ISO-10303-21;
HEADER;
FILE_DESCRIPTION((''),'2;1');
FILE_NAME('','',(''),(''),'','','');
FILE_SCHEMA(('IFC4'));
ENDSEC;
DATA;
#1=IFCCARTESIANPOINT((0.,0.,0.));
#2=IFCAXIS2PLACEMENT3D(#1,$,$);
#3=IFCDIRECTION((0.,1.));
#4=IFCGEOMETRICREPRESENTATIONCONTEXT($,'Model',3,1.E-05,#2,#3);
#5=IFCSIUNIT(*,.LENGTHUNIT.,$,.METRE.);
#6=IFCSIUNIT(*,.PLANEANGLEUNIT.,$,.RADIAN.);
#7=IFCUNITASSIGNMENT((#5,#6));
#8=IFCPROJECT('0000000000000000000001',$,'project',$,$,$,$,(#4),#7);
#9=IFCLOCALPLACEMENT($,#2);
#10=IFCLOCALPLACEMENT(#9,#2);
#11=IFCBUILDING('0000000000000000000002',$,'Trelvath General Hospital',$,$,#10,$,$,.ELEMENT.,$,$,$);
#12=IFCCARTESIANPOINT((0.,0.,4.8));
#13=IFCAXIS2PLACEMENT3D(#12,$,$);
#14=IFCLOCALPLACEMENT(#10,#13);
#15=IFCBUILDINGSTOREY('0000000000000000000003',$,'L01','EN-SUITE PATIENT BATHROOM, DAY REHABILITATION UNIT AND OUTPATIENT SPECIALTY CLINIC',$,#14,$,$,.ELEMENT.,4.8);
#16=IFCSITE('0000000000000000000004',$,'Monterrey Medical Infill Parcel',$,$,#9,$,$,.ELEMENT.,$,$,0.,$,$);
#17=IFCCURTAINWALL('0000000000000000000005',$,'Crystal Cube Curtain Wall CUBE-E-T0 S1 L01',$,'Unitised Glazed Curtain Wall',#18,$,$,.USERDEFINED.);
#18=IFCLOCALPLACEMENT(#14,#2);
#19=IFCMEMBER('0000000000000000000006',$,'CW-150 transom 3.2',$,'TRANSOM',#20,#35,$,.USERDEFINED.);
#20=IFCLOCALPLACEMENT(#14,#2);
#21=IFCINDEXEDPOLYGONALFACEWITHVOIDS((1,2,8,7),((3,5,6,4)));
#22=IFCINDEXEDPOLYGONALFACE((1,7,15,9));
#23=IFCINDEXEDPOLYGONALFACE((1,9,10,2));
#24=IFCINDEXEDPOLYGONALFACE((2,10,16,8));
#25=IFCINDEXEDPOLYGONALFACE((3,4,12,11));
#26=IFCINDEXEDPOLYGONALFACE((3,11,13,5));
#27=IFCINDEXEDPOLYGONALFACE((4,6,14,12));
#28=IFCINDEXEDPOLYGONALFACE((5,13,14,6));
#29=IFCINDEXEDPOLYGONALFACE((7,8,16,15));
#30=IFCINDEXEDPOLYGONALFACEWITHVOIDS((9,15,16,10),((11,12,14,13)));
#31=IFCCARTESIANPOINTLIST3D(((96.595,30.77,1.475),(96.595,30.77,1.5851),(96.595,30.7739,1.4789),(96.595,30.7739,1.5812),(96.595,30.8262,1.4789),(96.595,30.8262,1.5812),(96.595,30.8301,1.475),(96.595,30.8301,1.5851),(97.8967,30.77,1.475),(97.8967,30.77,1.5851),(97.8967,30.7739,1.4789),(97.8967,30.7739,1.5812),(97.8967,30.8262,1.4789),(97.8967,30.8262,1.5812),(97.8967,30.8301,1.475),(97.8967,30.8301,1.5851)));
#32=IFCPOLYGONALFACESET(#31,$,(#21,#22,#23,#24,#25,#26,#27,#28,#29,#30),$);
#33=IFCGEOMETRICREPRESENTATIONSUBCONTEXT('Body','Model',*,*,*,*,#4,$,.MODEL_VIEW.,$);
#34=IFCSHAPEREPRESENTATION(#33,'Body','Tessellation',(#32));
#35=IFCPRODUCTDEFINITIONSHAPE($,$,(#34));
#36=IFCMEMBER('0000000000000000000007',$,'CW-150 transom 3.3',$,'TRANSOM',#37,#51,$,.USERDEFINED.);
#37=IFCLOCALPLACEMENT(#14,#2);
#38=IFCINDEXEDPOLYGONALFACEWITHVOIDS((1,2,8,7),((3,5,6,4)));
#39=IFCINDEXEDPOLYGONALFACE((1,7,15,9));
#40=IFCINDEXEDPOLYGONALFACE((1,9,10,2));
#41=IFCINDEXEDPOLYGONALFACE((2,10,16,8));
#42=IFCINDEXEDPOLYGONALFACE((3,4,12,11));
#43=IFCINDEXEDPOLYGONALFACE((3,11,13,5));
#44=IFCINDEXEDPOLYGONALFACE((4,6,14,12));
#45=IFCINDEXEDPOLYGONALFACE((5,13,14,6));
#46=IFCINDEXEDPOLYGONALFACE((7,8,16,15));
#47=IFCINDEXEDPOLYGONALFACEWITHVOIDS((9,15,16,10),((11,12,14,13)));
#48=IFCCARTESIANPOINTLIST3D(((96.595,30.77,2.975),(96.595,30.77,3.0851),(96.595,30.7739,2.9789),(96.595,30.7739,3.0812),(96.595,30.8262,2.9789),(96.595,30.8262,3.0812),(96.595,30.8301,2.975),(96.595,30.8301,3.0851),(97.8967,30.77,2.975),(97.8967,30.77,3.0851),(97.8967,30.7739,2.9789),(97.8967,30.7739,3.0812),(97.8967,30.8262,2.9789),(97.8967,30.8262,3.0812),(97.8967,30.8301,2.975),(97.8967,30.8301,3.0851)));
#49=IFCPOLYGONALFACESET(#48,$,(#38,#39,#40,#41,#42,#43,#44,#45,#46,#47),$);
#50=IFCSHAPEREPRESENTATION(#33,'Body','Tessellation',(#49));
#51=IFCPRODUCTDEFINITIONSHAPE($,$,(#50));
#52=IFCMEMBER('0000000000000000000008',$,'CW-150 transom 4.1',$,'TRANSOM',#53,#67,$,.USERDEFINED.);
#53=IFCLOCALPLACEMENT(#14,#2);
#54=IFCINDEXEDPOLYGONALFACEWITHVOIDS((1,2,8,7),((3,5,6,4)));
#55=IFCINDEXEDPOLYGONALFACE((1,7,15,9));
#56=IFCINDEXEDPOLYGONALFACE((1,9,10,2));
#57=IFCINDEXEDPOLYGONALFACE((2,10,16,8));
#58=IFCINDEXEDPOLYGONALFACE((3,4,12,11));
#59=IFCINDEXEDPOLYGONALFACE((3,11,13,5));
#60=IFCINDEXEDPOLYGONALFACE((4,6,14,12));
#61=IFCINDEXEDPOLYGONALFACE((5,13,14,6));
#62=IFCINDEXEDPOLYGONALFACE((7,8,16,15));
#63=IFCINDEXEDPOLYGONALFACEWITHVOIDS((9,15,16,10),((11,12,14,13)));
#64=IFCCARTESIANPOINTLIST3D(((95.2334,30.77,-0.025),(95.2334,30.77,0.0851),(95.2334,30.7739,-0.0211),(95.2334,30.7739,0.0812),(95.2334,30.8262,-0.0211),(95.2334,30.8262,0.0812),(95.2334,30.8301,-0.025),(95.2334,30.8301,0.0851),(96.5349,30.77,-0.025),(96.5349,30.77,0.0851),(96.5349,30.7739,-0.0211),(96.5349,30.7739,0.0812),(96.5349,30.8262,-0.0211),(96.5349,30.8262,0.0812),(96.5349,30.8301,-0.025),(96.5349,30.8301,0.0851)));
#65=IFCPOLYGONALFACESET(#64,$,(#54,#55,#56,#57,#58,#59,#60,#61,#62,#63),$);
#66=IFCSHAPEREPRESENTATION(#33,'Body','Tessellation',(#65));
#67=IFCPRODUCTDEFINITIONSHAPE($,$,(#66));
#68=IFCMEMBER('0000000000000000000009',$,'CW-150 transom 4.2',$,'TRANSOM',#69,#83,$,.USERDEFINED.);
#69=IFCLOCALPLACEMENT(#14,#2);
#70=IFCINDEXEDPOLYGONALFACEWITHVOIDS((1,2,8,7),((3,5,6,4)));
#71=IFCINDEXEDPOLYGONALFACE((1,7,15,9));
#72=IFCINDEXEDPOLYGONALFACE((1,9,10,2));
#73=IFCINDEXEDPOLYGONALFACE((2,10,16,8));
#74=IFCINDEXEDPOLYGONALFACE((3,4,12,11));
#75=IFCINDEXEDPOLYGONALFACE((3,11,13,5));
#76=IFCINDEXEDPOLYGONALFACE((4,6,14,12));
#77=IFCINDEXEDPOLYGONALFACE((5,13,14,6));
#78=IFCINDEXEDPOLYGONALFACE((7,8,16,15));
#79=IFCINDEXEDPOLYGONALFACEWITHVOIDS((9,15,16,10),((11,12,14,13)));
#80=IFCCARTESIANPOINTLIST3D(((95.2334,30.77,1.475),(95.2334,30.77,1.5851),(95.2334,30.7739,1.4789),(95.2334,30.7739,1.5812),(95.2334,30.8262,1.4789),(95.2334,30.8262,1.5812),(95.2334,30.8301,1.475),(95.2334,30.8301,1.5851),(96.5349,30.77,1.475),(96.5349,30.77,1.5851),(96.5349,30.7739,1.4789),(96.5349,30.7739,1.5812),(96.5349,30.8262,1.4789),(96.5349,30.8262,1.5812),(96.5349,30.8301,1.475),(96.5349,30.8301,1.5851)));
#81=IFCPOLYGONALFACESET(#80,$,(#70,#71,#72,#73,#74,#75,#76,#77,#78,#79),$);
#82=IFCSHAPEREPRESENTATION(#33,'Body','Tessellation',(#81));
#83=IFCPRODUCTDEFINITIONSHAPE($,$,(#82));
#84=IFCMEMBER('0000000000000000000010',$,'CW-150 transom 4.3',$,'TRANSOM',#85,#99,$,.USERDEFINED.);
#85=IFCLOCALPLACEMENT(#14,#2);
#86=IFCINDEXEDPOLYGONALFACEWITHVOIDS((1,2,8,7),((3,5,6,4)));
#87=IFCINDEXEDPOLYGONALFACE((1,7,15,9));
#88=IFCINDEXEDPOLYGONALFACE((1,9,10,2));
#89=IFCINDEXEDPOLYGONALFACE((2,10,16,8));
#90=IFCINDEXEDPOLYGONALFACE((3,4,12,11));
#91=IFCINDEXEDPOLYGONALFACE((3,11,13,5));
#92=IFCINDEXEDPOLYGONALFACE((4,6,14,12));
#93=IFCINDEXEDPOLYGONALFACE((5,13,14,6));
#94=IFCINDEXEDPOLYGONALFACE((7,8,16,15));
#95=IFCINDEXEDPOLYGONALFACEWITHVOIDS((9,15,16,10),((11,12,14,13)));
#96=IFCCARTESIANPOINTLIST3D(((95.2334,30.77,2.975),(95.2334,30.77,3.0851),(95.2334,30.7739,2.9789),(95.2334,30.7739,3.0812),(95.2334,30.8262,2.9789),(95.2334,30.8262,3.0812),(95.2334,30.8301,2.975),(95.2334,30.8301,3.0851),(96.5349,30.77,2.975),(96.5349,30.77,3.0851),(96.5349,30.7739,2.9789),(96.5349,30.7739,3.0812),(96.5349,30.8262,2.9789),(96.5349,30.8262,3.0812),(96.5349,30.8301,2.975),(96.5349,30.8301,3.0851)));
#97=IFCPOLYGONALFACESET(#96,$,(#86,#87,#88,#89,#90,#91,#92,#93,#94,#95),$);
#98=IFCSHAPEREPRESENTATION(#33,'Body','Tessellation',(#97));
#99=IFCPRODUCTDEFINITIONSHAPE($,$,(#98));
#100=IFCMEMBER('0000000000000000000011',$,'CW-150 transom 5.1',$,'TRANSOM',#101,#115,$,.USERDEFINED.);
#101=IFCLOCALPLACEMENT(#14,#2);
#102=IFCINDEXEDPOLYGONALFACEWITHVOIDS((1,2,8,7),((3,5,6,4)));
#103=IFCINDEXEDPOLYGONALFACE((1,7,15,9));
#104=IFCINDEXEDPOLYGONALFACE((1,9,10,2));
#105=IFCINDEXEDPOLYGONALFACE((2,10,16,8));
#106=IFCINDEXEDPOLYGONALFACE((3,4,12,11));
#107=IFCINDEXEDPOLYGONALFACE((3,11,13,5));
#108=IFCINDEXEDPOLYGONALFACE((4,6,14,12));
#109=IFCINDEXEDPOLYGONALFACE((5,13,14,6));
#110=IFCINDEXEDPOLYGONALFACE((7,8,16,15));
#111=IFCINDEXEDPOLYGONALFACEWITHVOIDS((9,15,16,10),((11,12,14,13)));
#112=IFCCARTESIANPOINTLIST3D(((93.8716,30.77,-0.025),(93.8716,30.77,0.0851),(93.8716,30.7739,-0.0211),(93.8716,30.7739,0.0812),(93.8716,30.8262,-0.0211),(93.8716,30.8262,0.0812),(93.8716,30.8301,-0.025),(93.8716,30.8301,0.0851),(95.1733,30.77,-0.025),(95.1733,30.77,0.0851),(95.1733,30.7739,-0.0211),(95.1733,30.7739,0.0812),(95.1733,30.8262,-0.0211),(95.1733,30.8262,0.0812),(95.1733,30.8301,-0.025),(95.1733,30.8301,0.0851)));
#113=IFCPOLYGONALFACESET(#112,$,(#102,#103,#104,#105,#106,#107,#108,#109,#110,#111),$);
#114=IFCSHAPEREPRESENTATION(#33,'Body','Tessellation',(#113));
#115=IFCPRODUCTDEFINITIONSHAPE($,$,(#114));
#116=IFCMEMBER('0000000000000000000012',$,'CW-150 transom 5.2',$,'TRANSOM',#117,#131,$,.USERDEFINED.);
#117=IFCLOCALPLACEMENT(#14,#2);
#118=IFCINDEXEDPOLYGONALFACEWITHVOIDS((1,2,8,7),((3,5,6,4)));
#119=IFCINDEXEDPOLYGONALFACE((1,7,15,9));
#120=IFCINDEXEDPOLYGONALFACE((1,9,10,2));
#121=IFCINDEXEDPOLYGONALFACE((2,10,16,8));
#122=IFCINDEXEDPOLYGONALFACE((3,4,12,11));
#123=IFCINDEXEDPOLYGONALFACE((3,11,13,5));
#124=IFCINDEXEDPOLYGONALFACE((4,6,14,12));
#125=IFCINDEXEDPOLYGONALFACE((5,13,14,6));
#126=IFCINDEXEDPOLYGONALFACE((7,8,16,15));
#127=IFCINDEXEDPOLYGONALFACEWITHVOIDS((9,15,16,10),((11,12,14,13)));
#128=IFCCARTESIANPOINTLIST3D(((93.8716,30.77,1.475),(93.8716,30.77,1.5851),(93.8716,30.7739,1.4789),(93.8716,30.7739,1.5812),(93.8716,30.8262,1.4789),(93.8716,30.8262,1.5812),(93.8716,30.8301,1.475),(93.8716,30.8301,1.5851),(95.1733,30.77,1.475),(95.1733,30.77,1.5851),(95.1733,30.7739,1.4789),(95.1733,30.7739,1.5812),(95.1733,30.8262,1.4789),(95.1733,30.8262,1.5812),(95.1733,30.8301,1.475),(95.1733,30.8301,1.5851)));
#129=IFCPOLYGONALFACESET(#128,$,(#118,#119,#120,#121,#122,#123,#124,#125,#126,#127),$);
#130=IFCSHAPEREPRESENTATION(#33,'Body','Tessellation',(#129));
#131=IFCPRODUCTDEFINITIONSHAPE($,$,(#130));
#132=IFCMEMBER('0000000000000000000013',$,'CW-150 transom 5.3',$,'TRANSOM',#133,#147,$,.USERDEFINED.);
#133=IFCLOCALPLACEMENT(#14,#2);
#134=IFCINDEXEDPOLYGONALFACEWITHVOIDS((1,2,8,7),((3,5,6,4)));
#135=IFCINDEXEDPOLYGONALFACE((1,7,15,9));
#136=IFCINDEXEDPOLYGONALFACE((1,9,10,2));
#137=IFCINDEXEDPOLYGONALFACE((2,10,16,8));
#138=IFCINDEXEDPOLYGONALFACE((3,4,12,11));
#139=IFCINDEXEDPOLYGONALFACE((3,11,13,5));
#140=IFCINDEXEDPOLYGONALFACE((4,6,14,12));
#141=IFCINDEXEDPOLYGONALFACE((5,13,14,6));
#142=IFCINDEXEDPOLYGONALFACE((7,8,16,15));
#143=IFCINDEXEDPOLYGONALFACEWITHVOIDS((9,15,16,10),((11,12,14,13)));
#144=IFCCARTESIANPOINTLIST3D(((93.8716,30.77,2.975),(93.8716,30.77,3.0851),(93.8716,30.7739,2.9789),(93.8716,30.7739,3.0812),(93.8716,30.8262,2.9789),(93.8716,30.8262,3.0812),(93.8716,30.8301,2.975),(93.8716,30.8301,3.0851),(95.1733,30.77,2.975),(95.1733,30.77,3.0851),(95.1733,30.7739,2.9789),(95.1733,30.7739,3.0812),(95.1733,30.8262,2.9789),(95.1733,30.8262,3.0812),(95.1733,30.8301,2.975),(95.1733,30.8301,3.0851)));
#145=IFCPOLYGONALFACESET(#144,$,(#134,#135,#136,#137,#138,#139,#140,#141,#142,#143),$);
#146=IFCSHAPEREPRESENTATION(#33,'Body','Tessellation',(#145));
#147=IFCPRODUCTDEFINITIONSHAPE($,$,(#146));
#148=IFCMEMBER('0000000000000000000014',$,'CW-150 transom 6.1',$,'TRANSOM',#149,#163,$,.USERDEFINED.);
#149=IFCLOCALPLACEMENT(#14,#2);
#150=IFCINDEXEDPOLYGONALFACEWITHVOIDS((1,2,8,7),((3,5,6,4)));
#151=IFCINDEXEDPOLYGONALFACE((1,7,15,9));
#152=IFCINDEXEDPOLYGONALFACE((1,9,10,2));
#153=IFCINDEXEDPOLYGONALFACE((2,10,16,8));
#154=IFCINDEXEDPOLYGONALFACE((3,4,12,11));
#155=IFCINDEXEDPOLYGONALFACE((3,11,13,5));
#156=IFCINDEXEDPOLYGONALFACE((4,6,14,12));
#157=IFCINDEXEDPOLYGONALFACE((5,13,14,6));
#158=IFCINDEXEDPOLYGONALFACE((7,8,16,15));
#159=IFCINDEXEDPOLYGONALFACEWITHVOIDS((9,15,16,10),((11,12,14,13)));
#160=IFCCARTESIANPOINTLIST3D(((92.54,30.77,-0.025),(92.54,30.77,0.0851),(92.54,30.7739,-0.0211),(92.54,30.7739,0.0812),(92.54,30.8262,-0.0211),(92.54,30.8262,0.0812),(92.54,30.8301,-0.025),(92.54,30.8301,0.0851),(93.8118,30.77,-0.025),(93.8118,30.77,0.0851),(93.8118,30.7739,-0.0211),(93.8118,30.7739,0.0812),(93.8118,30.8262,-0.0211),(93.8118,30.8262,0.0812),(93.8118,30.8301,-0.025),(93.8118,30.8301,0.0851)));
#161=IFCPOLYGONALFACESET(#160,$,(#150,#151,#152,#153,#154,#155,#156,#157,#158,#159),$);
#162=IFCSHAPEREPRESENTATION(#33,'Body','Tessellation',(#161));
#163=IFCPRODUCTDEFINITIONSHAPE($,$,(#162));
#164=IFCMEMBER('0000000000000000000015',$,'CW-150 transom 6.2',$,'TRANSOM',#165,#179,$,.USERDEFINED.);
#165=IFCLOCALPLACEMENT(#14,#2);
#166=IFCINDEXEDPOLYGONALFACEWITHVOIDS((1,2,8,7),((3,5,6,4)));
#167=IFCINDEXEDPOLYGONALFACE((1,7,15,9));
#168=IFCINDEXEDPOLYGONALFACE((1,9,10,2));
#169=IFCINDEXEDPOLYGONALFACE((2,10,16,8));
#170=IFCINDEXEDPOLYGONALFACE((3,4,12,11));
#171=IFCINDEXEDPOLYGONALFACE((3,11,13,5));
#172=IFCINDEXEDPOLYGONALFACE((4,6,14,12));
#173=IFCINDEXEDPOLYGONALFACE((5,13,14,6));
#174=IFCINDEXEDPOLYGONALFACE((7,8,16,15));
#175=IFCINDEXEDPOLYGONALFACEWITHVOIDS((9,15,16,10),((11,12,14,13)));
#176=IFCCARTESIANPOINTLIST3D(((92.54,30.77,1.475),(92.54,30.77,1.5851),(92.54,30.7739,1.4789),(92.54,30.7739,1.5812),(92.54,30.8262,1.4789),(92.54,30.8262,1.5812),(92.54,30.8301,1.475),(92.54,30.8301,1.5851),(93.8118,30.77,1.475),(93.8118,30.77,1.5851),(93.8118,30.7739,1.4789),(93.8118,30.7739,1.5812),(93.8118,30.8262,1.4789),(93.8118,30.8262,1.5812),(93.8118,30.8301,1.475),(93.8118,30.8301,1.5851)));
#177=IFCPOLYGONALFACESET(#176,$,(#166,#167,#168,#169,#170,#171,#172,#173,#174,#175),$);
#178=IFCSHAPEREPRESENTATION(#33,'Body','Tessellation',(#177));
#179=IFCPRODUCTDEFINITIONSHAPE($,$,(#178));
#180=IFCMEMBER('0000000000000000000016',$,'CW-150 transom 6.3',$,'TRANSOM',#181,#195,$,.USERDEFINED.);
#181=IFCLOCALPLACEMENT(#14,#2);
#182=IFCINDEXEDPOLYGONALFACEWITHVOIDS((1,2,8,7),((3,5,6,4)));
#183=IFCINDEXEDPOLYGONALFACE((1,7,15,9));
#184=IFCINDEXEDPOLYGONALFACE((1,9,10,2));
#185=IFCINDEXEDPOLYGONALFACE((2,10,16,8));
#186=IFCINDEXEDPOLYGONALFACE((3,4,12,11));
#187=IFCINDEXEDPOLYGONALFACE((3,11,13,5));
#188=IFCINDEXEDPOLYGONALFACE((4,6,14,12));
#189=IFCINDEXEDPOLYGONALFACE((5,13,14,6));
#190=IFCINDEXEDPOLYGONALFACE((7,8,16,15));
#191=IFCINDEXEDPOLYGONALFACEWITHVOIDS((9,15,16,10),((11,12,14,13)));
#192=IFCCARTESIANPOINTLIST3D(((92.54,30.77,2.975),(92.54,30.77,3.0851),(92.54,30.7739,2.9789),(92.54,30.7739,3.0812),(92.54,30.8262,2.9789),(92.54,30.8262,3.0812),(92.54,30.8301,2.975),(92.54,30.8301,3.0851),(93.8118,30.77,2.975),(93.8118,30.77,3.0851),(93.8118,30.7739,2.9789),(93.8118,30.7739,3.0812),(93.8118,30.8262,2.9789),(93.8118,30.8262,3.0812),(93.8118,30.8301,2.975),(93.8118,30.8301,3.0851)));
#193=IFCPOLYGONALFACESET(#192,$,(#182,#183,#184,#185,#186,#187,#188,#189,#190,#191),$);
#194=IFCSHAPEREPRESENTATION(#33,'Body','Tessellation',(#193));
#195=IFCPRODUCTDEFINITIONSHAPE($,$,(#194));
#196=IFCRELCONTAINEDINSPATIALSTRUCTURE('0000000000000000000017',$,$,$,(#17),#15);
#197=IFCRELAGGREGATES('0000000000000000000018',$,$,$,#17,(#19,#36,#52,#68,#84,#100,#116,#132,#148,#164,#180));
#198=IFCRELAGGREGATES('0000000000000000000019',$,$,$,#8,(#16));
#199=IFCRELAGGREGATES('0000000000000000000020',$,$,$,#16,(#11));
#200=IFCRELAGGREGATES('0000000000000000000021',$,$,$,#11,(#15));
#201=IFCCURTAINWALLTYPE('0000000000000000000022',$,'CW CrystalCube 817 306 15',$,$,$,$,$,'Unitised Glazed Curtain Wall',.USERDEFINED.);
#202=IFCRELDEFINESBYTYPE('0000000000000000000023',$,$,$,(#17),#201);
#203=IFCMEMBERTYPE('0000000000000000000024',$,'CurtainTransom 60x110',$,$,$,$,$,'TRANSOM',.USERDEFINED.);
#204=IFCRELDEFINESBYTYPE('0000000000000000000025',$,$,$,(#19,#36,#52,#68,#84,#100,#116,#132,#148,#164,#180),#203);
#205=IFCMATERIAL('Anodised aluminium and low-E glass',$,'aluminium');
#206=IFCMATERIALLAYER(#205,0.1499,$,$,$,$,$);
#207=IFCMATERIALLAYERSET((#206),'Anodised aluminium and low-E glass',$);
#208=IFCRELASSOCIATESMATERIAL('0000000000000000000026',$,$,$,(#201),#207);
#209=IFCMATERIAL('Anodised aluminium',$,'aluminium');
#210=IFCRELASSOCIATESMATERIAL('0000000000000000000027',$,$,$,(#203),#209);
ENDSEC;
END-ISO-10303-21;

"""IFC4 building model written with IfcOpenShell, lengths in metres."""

from ifc_helpers import new_model, si_unit, direction, frame, origin, origin_2d, place, context, subcontext, project, spatial, hollow_rectangle, extrude, material, layer, layer_set, material_profile, profile_set, type_object, element, aggregate, save


model = new_model("IFC4")

# Units and contexts
model_context = context("Model", 3, precision=1e-05, world=origin(), true_north=direction((0.0, 1.0)))
body_context = subcontext(model_context, "Body", "Model", "MODEL_VIEW")
ifc_project = project(units=[si_unit("LENGTHUNIT", "METRE"), si_unit("PLANEANGLEUNIT", "RADIAN")], contexts=[model_context])

# Site, building, storey
site_placement = place(None, origin())
site = spatial("IfcSite", under=ifc_project, at=site_placement, Name="Monterrey Medical Infill Parcel", CompositionType="ELEMENT", RefElevation=0.0)
building_placement = place(site_placement, origin())
building = spatial("IfcBuilding", under=site, at=building_placement, Name="Trelvath General Hospital", CompositionType="ELEMENT")
storey_placement = place(building_placement, frame((0.0, 0.0, 4.8)))
storey = spatial("IfcBuildingStorey", under=building, at=storey_placement, Name="L01", Description="EN-SUITE PATIENT BATHROOM, DAY REHABILITATION UNIT AND OUTPATIENT SPECIALTY CLINIC", CompositionType="ELEMENT", Elevation=4.8)

# Curtain wall
ifc_material_1 = material(Name="Anodised aluminium and low-E glass", Category="aluminium")
ifc_layer_1 = layer(ifc_material_1, 0.1499)
ifc_layer_set_1 = layer_set([ifc_layer_1], Name="Anodised aluminium and low-E glass")
curtain_wall_type_1 = type_object("IfcCurtainWallType", Name="CW CrystalCube 817 306 15", ElementType="Unitised Glazed Curtain Wall", PredefinedType="USERDEFINED", material=ifc_layer_set_1)
curtain_wall_1_placement = place(storey_placement, origin())
curtain_wall_1 = element("IfcCurtainWall", 1, at=curtain_wall_1_placement, inside=storey, type_object=curtain_wall_type_1, Name="Crystal Cube Curtain Wall CUBE-E-T0 S1 L01", ObjectType="Unitised Glazed Curtain Wall", PredefinedType="USERDEFINED")

# Members
ifc_material_2 = material(Name="Anodised aluminium", Category="aluminium")
ifc_material_profile_1 = material_profile(ifc_material_2, hollow_rectangle(XDim=0.0601, YDim=0.1101, WallThickness=0.0039, at=origin_2d()), Name="RHS60x110x4")
ifc_profile_set_1 = profile_set([ifc_material_profile_1], Name="Anodised aluminium")
member_type_1 = type_object("IfcMemberType", Name="CurtainTransom 60x110", ElementType="TRANSOM", PredefinedType="USERDEFINED", material=ifc_profile_set_1)
member_1_placement = place(storey_placement, frame((97.8967, 30.8, 1.53), z_axis=(-1.0, 0.0, 0.0), x_axis=(0.0, -1.0, 0.0)))
member_1 = element("IfcMember", 2, at=member_1_placement, type_object=member_type_1, Name="CW-150 transom 3.2", ObjectType="TRANSOM", PredefinedType="USERDEFINED", context=body_context, shape_type="SweptSolid", body=[
    extrude(hollow_rectangle(XDim=0.0601, YDim=0.1101, WallThickness=0.0039, at=origin_2d()), origin(), (0.0, 0.0, 1.0), 1.3018),
])
member_2_placement = place(storey_placement, frame((97.8967, 30.8, 3.03), z_axis=(-1.0, 0.0, 0.0), x_axis=(0.0, -1.0, 0.0)))
member_2 = element("IfcMember", 3, at=member_2_placement, type_object=member_type_1, Name="CW-150 transom 3.3", ObjectType="TRANSOM", PredefinedType="USERDEFINED", context=body_context, shape_type="SweptSolid", body=[
    extrude(hollow_rectangle(XDim=0.0601, YDim=0.1101, WallThickness=0.0039, at=origin_2d()), origin(), (0.0, 0.0, 1.0), 1.3018),
])
member_3_placement = place(storey_placement, frame((96.5349, 30.8, 0.03), z_axis=(-1.0, 0.0, 0.0), x_axis=(0.0, -1.0, 0.0)))
member_3 = element("IfcMember", 4, at=member_3_placement, type_object=member_type_1, Name="CW-150 transom 4.1", ObjectType="TRANSOM", PredefinedType="USERDEFINED", context=body_context, shape_type="SweptSolid", body=[
    extrude(hollow_rectangle(XDim=0.0601, YDim=0.1101, WallThickness=0.0039, at=origin_2d()), origin(), (0.0, 0.0, 1.0), 1.3015),
])
member_4_placement = place(storey_placement, frame((96.5349, 30.8, 1.53), z_axis=(-1.0, 0.0, 0.0), x_axis=(0.0, -1.0, 0.0)))
member_4 = element("IfcMember", 5, at=member_4_placement, type_object=member_type_1, Name="CW-150 transom 4.2", ObjectType="TRANSOM", PredefinedType="USERDEFINED", context=body_context, shape_type="SweptSolid", body=[
    extrude(hollow_rectangle(XDim=0.0601, YDim=0.1101, WallThickness=0.0039, at=origin_2d()), origin(), (0.0, 0.0, 1.0), 1.3015),
])
member_5_placement = place(storey_placement, frame((96.5349, 30.8, 3.03), z_axis=(-1.0, 0.0, 0.0), x_axis=(0.0, -1.0, 0.0)))
member_5 = element("IfcMember", 6, at=member_5_placement, type_object=member_type_1, Name="CW-150 transom 4.3", ObjectType="TRANSOM", PredefinedType="USERDEFINED", context=body_context, shape_type="SweptSolid", body=[
    extrude(hollow_rectangle(XDim=0.0601, YDim=0.1101, WallThickness=0.0039, at=origin_2d()), origin(), (0.0, 0.0, 1.0), 1.3015),
])
member_6_placement = place(storey_placement, frame((95.1733, 30.8, 0.03), z_axis=(-1.0, 0.0, 0.0), x_axis=(0.0, -1.0, 0.0)))
member_6 = element("IfcMember", 7, at=member_6_placement, type_object=member_type_1, Name="CW-150 transom 5.1", ObjectType="TRANSOM", PredefinedType="USERDEFINED", context=body_context, shape_type="SweptSolid", body=[
    extrude(hollow_rectangle(XDim=0.0601, YDim=0.1101, WallThickness=0.0039, at=origin_2d()), origin(), (0.0, 0.0, 1.0), 1.3018),
])
member_7_placement = place(storey_placement, frame((95.1733, 30.8, 1.53), z_axis=(-1.0, 0.0, 0.0), x_axis=(0.0, -1.0, 0.0)))
member_7 = element("IfcMember", 8, at=member_7_placement, type_object=member_type_1, Name="CW-150 transom 5.2", ObjectType="TRANSOM", PredefinedType="USERDEFINED", context=body_context, shape_type="SweptSolid", body=[
    extrude(hollow_rectangle(XDim=0.0601, YDim=0.1101, WallThickness=0.0039, at=origin_2d()), origin(), (0.0, 0.0, 1.0), 1.3018),
])
member_8_placement = place(storey_placement, frame((95.1733, 30.8, 3.03), z_axis=(-1.0, 0.0, 0.0), x_axis=(0.0, -1.0, 0.0)))
member_8 = element("IfcMember", 9, at=member_8_placement, type_object=member_type_1, Name="CW-150 transom 5.3", ObjectType="TRANSOM", PredefinedType="USERDEFINED", context=body_context, shape_type="SweptSolid", body=[
    extrude(hollow_rectangle(XDim=0.0601, YDim=0.1101, WallThickness=0.0039, at=origin_2d()), origin(), (0.0, 0.0, 1.0), 1.3018),
])
member_9_placement = place(storey_placement, frame((93.8118, 30.8, 0.03), z_axis=(-1.0, 0.0, 0.0), x_axis=(0.0, -1.0, 0.0)))
member_9 = element("IfcMember", 10, at=member_9_placement, type_object=member_type_1, Name="CW-150 transom 6.1", ObjectType="TRANSOM", PredefinedType="USERDEFINED", context=body_context, shape_type="SweptSolid", body=[
    extrude(hollow_rectangle(XDim=0.0601, YDim=0.1101, WallThickness=0.0039, at=origin_2d()), origin(), (0.0, 0.0, 1.0), 1.2717),
])
member_10_placement = place(storey_placement, frame((93.8118, 30.8, 1.53), z_axis=(-1.0, 0.0, 0.0), x_axis=(0.0, -1.0, 0.0)))
member_10 = element("IfcMember", 11, at=member_10_placement, type_object=member_type_1, Name="CW-150 transom 6.2", ObjectType="TRANSOM", PredefinedType="USERDEFINED", context=body_context, shape_type="SweptSolid", body=[
    extrude(hollow_rectangle(XDim=0.0601, YDim=0.1101, WallThickness=0.0039, at=origin_2d()), origin(), (0.0, 0.0, 1.0), 1.2717),
])
member_11_placement = place(storey_placement, frame((93.8118, 30.8, 3.03), z_axis=(-1.0, 0.0, 0.0), x_axis=(0.0, -1.0, 0.0)))
member_11 = element("IfcMember", 12, at=member_11_placement, type_object=member_type_1, Name="CW-150 transom 6.3", ObjectType="TRANSOM", PredefinedType="USERDEFINED", context=body_context, shape_type="SweptSolid", body=[
    extrude(hollow_rectangle(XDim=0.0601, YDim=0.1101, WallThickness=0.0039, at=origin_2d()), origin(), (0.0, 0.0, 1.0), 1.2717),
])

aggregate(curtain_wall_1, [member_1, member_2, member_3, member_4, member_5, member_6, member_7, member_8, member_9, member_10, member_11])

save(model, "model.ifc")
